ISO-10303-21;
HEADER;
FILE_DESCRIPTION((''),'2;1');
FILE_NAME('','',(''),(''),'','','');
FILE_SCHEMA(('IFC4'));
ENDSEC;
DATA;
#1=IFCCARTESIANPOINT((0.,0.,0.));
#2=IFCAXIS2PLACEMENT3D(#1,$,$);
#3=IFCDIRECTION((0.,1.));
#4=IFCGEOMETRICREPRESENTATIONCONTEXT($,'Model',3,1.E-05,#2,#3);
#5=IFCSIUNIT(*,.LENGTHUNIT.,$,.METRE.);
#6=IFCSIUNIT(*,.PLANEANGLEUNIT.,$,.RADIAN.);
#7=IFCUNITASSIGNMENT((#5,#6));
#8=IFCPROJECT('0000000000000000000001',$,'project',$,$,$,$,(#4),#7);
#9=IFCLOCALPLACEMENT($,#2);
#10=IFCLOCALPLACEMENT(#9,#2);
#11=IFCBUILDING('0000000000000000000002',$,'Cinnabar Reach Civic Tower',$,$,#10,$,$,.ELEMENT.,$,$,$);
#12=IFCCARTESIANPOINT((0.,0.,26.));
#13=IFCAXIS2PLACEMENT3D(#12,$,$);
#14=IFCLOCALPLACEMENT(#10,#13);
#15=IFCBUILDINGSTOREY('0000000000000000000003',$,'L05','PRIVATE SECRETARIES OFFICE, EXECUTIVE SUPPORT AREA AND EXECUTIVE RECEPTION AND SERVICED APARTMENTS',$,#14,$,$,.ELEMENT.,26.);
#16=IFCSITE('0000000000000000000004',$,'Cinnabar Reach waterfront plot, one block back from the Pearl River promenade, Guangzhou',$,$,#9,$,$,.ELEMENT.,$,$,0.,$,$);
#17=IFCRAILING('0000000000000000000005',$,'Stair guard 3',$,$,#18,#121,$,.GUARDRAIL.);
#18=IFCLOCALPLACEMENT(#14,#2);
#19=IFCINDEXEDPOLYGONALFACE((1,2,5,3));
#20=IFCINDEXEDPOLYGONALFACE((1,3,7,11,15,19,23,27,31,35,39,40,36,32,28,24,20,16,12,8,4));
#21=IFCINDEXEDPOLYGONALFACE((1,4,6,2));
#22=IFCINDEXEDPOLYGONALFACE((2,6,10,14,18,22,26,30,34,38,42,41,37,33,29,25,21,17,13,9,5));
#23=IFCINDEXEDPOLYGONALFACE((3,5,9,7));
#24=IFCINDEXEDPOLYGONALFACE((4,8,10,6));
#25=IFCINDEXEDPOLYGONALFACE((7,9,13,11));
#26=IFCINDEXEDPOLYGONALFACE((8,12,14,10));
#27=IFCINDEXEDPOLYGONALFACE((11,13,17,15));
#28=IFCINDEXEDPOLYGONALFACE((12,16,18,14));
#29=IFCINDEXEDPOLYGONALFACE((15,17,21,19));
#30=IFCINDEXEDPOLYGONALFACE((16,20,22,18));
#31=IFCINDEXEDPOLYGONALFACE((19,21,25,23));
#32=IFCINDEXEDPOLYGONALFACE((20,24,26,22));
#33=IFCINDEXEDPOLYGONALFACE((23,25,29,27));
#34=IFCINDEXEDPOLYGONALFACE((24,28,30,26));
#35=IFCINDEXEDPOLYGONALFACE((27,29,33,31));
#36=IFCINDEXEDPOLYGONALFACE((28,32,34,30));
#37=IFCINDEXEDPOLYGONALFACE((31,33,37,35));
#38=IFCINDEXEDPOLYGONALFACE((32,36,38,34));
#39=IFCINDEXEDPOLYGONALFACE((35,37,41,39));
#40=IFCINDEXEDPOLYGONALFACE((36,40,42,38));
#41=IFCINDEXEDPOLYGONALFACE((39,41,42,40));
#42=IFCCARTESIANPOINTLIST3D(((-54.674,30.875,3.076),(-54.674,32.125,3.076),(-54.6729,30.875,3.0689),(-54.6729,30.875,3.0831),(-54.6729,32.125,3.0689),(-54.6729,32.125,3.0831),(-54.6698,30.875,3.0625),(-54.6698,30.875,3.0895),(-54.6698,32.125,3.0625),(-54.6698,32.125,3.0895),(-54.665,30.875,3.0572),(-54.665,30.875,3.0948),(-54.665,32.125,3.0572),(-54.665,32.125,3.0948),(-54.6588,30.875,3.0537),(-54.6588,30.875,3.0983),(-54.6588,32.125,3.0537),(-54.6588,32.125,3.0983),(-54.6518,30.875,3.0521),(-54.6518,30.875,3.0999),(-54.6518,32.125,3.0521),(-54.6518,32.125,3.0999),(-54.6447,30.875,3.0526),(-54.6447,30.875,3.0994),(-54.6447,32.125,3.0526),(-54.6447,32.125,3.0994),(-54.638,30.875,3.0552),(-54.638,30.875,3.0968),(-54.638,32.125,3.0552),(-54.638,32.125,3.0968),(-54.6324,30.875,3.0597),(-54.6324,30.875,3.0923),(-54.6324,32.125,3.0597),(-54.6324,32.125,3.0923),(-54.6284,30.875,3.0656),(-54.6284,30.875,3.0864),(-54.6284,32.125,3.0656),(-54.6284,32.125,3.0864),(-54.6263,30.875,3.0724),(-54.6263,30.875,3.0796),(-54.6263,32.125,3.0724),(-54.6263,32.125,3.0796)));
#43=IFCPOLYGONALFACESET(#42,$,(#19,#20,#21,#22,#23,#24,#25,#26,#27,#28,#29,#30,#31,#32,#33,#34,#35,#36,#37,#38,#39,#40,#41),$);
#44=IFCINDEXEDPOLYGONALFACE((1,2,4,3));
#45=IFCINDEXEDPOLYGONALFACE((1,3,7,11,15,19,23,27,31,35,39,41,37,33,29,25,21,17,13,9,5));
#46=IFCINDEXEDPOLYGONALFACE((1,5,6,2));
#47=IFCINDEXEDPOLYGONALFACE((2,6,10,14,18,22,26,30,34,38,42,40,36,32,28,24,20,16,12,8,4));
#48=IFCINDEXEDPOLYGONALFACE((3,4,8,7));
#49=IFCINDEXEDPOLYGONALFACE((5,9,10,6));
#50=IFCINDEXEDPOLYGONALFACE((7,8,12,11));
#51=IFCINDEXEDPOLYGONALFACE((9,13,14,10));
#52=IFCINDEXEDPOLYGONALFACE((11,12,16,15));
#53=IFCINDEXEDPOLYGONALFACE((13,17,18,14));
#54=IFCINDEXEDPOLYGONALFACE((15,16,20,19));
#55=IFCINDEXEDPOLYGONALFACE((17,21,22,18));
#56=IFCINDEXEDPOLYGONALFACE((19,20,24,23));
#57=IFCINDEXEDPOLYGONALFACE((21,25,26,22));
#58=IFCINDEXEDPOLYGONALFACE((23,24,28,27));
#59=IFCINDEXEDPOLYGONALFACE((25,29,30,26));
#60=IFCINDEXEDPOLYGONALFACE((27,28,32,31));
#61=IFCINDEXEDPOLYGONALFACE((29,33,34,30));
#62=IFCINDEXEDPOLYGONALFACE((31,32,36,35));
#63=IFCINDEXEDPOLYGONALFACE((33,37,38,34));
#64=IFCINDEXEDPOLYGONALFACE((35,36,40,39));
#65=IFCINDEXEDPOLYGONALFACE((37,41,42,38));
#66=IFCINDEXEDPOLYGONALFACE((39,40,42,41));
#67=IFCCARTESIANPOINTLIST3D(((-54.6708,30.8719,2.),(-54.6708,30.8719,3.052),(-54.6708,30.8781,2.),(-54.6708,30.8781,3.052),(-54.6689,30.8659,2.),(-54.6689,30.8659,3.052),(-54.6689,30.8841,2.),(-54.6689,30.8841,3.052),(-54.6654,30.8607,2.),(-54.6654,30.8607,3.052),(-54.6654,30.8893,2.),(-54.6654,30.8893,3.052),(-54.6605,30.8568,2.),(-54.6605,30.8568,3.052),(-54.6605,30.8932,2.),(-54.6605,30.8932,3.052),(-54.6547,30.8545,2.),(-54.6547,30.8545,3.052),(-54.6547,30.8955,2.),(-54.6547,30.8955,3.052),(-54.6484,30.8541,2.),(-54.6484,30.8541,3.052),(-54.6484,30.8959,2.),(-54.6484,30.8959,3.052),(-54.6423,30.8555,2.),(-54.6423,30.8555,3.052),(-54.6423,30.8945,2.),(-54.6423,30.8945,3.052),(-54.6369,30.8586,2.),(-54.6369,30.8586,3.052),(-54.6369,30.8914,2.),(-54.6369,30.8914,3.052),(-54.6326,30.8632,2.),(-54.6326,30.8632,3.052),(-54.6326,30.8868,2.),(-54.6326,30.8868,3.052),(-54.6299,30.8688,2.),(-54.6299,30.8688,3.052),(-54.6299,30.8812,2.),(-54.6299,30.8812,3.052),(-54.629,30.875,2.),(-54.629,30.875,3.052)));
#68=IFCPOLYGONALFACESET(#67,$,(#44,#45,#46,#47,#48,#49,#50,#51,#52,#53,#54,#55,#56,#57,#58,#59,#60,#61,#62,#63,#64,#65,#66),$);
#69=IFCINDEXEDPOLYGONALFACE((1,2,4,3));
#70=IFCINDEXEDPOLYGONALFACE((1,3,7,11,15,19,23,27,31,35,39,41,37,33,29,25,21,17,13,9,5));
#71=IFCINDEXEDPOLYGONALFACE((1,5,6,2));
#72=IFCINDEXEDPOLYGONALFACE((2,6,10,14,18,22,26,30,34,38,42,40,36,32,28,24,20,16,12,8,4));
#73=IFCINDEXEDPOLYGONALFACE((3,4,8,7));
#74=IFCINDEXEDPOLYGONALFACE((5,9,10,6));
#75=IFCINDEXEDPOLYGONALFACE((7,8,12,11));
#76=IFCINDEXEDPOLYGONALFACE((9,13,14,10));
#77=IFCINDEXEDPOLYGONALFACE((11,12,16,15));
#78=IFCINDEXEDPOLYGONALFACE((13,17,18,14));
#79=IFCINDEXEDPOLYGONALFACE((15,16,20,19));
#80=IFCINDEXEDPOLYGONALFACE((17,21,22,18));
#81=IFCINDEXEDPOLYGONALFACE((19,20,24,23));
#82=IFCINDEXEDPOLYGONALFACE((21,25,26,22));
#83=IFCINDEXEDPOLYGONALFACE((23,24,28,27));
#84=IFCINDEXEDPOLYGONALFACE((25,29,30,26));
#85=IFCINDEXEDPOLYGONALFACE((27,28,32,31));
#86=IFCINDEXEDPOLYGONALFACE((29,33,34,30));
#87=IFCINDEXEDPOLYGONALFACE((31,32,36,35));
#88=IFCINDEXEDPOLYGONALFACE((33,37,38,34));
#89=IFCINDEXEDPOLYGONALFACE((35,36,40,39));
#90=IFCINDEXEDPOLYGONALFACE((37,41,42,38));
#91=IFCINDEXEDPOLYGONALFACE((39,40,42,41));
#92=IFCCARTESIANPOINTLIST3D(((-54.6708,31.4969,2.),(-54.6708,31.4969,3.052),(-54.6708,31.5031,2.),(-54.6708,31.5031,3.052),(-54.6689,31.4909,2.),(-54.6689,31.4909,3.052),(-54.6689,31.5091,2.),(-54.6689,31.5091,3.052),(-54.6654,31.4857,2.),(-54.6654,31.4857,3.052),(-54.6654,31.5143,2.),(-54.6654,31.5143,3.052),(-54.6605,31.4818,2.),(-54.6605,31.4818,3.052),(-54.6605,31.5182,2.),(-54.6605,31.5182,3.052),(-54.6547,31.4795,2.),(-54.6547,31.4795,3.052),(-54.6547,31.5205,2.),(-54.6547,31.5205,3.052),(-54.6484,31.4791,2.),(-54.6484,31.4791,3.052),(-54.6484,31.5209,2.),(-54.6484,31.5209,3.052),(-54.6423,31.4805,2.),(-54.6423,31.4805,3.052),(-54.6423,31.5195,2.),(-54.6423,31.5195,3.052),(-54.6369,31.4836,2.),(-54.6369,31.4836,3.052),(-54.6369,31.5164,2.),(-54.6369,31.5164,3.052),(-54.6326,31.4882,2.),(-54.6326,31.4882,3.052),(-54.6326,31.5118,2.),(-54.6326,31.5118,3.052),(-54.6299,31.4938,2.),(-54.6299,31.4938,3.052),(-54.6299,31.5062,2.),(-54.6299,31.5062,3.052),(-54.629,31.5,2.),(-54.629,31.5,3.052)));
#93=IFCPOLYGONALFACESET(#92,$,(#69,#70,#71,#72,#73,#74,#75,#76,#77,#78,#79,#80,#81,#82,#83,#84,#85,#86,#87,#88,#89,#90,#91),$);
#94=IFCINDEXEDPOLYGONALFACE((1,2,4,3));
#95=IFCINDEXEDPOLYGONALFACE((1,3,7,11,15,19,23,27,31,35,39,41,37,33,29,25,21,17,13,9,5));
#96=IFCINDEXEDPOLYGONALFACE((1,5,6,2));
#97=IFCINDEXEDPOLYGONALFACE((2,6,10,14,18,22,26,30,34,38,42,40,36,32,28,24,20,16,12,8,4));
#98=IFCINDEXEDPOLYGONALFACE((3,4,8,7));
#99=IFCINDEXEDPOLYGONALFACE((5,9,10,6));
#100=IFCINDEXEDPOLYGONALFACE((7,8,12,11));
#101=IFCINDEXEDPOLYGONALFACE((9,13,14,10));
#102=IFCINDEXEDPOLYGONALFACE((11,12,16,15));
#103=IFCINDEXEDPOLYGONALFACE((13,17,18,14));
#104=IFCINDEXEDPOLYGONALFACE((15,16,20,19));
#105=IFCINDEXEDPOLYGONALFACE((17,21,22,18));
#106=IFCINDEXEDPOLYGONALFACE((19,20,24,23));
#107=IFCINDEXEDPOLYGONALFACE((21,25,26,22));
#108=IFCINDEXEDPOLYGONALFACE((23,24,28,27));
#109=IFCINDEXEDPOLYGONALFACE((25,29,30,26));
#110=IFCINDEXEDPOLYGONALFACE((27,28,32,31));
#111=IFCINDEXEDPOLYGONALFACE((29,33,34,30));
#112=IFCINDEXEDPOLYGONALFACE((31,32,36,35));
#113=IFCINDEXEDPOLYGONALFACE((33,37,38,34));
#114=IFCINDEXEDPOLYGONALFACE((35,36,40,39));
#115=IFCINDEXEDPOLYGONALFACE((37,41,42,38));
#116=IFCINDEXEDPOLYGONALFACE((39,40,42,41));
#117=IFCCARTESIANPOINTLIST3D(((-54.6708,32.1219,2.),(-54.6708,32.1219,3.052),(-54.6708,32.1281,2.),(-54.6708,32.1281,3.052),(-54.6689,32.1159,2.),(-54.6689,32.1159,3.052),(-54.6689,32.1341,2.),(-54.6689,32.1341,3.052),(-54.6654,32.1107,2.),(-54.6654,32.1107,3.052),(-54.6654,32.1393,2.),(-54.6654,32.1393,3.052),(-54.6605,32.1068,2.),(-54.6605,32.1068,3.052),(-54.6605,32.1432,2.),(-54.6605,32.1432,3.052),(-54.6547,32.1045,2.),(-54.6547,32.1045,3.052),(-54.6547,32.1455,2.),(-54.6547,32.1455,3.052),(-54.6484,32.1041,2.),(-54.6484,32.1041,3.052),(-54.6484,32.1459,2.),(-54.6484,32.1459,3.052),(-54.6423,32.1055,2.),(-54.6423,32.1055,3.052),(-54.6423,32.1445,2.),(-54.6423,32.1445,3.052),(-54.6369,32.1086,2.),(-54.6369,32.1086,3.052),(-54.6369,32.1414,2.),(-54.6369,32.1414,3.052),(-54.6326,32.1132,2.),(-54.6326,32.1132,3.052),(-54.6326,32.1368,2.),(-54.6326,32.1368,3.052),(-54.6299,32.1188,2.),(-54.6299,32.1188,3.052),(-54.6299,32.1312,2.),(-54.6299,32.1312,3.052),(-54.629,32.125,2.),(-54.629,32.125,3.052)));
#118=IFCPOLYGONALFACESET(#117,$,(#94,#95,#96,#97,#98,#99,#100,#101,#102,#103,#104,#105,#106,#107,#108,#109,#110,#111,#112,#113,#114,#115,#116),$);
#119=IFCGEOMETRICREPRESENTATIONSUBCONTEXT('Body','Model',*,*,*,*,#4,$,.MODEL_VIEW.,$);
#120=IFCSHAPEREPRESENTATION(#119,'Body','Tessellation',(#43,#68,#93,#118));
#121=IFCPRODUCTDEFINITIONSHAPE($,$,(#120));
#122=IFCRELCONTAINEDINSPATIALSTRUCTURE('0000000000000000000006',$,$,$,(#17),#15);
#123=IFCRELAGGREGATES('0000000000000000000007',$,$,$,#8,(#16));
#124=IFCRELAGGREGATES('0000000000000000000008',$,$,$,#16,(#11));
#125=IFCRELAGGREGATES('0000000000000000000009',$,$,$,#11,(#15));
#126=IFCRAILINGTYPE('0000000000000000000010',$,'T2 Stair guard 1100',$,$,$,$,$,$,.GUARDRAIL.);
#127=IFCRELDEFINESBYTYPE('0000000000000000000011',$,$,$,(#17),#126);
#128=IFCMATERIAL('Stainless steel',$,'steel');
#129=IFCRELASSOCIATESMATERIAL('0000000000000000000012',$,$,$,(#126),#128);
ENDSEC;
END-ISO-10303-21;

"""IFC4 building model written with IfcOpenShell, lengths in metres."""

from ifc_helpers import new_model, si_unit, direction, frame, origin, origin_2d, place, context, subcontext, project, spatial, circle, extrude, material, type_object, element, save


model = new_model("IFC4")

# Units and contexts
model_context = context("Model", 3, precision=1e-05, world=origin(), true_north=direction((0.0, 1.0)))
body_context = subcontext(model_context, "Body", "Model", "MODEL_VIEW")
ifc_project = project(units=[si_unit("LENGTHUNIT", "METRE"), si_unit("PLANEANGLEUNIT", "RADIAN")], contexts=[model_context])

# Site, building, storey
site_placement = place(None, origin())
site = spatial("IfcSite", under=ifc_project, at=site_placement, Name="Cinnabar Reach waterfront plot, one block back from the Pearl River promenade, Guangzhou", CompositionType="ELEMENT", RefElevation=0.0)
building_placement = place(site_placement, origin())
building = spatial("IfcBuilding", under=site, at=building_placement, Name="Cinnabar Reach Civic Tower", CompositionType="ELEMENT")
storey_placement = place(building_placement, frame((0.0, 0.0, 26.0)))
storey = spatial("IfcBuildingStorey", under=building, at=storey_placement, Name="L05", Description="PRIVATE SECRETARIES OFFICE, EXECUTIVE SUPPORT AREA AND EXECUTIVE RECEPTION AND SERVICED APARTMENTS", CompositionType="ELEMENT", Elevation=26.0)

# Railing
ifc_material_1 = material(Name="Stainless steel", Category="steel")
railing_type = type_object("IfcRailingType", Name="T2 Stair guard 1100", PredefinedType="GUARDRAIL", material=ifc_material_1)
railing_1_placement = place(storey_placement, frame((-54.65, 30.875, 2.0)))
element("IfcRailing", 1, at=railing_1_placement, inside=storey, type_object=railing_type, Name="Stair guard 3", PredefinedType="GUARDRAIL", context=body_context, shape_type="SweptSolid", body=[
    extrude(circle(Radius=0.024, at=origin_2d()), frame((0.0, 0.0, 1.076), z_axis=(0.0, 1.0, 0.0), x_axis=(-1.0, 0.0, 0.0)), (0.0, 0.0, 1.0), 1.25),
    extrude(circle(Radius=0.021, at=origin_2d()), origin(), (0.0, 0.0, 1.0), 1.052),
    extrude(circle(Radius=0.021, at=origin_2d()), frame((0.0, 0.625, 0.0)), (0.0, 0.0, 1.0), 1.052),
    extrude(circle(Radius=0.021, at=origin_2d()), frame((0.0, 1.25, 0.0)), (0.0, 0.0, 1.0), 1.052),
])

save(model, "model.ifc")
